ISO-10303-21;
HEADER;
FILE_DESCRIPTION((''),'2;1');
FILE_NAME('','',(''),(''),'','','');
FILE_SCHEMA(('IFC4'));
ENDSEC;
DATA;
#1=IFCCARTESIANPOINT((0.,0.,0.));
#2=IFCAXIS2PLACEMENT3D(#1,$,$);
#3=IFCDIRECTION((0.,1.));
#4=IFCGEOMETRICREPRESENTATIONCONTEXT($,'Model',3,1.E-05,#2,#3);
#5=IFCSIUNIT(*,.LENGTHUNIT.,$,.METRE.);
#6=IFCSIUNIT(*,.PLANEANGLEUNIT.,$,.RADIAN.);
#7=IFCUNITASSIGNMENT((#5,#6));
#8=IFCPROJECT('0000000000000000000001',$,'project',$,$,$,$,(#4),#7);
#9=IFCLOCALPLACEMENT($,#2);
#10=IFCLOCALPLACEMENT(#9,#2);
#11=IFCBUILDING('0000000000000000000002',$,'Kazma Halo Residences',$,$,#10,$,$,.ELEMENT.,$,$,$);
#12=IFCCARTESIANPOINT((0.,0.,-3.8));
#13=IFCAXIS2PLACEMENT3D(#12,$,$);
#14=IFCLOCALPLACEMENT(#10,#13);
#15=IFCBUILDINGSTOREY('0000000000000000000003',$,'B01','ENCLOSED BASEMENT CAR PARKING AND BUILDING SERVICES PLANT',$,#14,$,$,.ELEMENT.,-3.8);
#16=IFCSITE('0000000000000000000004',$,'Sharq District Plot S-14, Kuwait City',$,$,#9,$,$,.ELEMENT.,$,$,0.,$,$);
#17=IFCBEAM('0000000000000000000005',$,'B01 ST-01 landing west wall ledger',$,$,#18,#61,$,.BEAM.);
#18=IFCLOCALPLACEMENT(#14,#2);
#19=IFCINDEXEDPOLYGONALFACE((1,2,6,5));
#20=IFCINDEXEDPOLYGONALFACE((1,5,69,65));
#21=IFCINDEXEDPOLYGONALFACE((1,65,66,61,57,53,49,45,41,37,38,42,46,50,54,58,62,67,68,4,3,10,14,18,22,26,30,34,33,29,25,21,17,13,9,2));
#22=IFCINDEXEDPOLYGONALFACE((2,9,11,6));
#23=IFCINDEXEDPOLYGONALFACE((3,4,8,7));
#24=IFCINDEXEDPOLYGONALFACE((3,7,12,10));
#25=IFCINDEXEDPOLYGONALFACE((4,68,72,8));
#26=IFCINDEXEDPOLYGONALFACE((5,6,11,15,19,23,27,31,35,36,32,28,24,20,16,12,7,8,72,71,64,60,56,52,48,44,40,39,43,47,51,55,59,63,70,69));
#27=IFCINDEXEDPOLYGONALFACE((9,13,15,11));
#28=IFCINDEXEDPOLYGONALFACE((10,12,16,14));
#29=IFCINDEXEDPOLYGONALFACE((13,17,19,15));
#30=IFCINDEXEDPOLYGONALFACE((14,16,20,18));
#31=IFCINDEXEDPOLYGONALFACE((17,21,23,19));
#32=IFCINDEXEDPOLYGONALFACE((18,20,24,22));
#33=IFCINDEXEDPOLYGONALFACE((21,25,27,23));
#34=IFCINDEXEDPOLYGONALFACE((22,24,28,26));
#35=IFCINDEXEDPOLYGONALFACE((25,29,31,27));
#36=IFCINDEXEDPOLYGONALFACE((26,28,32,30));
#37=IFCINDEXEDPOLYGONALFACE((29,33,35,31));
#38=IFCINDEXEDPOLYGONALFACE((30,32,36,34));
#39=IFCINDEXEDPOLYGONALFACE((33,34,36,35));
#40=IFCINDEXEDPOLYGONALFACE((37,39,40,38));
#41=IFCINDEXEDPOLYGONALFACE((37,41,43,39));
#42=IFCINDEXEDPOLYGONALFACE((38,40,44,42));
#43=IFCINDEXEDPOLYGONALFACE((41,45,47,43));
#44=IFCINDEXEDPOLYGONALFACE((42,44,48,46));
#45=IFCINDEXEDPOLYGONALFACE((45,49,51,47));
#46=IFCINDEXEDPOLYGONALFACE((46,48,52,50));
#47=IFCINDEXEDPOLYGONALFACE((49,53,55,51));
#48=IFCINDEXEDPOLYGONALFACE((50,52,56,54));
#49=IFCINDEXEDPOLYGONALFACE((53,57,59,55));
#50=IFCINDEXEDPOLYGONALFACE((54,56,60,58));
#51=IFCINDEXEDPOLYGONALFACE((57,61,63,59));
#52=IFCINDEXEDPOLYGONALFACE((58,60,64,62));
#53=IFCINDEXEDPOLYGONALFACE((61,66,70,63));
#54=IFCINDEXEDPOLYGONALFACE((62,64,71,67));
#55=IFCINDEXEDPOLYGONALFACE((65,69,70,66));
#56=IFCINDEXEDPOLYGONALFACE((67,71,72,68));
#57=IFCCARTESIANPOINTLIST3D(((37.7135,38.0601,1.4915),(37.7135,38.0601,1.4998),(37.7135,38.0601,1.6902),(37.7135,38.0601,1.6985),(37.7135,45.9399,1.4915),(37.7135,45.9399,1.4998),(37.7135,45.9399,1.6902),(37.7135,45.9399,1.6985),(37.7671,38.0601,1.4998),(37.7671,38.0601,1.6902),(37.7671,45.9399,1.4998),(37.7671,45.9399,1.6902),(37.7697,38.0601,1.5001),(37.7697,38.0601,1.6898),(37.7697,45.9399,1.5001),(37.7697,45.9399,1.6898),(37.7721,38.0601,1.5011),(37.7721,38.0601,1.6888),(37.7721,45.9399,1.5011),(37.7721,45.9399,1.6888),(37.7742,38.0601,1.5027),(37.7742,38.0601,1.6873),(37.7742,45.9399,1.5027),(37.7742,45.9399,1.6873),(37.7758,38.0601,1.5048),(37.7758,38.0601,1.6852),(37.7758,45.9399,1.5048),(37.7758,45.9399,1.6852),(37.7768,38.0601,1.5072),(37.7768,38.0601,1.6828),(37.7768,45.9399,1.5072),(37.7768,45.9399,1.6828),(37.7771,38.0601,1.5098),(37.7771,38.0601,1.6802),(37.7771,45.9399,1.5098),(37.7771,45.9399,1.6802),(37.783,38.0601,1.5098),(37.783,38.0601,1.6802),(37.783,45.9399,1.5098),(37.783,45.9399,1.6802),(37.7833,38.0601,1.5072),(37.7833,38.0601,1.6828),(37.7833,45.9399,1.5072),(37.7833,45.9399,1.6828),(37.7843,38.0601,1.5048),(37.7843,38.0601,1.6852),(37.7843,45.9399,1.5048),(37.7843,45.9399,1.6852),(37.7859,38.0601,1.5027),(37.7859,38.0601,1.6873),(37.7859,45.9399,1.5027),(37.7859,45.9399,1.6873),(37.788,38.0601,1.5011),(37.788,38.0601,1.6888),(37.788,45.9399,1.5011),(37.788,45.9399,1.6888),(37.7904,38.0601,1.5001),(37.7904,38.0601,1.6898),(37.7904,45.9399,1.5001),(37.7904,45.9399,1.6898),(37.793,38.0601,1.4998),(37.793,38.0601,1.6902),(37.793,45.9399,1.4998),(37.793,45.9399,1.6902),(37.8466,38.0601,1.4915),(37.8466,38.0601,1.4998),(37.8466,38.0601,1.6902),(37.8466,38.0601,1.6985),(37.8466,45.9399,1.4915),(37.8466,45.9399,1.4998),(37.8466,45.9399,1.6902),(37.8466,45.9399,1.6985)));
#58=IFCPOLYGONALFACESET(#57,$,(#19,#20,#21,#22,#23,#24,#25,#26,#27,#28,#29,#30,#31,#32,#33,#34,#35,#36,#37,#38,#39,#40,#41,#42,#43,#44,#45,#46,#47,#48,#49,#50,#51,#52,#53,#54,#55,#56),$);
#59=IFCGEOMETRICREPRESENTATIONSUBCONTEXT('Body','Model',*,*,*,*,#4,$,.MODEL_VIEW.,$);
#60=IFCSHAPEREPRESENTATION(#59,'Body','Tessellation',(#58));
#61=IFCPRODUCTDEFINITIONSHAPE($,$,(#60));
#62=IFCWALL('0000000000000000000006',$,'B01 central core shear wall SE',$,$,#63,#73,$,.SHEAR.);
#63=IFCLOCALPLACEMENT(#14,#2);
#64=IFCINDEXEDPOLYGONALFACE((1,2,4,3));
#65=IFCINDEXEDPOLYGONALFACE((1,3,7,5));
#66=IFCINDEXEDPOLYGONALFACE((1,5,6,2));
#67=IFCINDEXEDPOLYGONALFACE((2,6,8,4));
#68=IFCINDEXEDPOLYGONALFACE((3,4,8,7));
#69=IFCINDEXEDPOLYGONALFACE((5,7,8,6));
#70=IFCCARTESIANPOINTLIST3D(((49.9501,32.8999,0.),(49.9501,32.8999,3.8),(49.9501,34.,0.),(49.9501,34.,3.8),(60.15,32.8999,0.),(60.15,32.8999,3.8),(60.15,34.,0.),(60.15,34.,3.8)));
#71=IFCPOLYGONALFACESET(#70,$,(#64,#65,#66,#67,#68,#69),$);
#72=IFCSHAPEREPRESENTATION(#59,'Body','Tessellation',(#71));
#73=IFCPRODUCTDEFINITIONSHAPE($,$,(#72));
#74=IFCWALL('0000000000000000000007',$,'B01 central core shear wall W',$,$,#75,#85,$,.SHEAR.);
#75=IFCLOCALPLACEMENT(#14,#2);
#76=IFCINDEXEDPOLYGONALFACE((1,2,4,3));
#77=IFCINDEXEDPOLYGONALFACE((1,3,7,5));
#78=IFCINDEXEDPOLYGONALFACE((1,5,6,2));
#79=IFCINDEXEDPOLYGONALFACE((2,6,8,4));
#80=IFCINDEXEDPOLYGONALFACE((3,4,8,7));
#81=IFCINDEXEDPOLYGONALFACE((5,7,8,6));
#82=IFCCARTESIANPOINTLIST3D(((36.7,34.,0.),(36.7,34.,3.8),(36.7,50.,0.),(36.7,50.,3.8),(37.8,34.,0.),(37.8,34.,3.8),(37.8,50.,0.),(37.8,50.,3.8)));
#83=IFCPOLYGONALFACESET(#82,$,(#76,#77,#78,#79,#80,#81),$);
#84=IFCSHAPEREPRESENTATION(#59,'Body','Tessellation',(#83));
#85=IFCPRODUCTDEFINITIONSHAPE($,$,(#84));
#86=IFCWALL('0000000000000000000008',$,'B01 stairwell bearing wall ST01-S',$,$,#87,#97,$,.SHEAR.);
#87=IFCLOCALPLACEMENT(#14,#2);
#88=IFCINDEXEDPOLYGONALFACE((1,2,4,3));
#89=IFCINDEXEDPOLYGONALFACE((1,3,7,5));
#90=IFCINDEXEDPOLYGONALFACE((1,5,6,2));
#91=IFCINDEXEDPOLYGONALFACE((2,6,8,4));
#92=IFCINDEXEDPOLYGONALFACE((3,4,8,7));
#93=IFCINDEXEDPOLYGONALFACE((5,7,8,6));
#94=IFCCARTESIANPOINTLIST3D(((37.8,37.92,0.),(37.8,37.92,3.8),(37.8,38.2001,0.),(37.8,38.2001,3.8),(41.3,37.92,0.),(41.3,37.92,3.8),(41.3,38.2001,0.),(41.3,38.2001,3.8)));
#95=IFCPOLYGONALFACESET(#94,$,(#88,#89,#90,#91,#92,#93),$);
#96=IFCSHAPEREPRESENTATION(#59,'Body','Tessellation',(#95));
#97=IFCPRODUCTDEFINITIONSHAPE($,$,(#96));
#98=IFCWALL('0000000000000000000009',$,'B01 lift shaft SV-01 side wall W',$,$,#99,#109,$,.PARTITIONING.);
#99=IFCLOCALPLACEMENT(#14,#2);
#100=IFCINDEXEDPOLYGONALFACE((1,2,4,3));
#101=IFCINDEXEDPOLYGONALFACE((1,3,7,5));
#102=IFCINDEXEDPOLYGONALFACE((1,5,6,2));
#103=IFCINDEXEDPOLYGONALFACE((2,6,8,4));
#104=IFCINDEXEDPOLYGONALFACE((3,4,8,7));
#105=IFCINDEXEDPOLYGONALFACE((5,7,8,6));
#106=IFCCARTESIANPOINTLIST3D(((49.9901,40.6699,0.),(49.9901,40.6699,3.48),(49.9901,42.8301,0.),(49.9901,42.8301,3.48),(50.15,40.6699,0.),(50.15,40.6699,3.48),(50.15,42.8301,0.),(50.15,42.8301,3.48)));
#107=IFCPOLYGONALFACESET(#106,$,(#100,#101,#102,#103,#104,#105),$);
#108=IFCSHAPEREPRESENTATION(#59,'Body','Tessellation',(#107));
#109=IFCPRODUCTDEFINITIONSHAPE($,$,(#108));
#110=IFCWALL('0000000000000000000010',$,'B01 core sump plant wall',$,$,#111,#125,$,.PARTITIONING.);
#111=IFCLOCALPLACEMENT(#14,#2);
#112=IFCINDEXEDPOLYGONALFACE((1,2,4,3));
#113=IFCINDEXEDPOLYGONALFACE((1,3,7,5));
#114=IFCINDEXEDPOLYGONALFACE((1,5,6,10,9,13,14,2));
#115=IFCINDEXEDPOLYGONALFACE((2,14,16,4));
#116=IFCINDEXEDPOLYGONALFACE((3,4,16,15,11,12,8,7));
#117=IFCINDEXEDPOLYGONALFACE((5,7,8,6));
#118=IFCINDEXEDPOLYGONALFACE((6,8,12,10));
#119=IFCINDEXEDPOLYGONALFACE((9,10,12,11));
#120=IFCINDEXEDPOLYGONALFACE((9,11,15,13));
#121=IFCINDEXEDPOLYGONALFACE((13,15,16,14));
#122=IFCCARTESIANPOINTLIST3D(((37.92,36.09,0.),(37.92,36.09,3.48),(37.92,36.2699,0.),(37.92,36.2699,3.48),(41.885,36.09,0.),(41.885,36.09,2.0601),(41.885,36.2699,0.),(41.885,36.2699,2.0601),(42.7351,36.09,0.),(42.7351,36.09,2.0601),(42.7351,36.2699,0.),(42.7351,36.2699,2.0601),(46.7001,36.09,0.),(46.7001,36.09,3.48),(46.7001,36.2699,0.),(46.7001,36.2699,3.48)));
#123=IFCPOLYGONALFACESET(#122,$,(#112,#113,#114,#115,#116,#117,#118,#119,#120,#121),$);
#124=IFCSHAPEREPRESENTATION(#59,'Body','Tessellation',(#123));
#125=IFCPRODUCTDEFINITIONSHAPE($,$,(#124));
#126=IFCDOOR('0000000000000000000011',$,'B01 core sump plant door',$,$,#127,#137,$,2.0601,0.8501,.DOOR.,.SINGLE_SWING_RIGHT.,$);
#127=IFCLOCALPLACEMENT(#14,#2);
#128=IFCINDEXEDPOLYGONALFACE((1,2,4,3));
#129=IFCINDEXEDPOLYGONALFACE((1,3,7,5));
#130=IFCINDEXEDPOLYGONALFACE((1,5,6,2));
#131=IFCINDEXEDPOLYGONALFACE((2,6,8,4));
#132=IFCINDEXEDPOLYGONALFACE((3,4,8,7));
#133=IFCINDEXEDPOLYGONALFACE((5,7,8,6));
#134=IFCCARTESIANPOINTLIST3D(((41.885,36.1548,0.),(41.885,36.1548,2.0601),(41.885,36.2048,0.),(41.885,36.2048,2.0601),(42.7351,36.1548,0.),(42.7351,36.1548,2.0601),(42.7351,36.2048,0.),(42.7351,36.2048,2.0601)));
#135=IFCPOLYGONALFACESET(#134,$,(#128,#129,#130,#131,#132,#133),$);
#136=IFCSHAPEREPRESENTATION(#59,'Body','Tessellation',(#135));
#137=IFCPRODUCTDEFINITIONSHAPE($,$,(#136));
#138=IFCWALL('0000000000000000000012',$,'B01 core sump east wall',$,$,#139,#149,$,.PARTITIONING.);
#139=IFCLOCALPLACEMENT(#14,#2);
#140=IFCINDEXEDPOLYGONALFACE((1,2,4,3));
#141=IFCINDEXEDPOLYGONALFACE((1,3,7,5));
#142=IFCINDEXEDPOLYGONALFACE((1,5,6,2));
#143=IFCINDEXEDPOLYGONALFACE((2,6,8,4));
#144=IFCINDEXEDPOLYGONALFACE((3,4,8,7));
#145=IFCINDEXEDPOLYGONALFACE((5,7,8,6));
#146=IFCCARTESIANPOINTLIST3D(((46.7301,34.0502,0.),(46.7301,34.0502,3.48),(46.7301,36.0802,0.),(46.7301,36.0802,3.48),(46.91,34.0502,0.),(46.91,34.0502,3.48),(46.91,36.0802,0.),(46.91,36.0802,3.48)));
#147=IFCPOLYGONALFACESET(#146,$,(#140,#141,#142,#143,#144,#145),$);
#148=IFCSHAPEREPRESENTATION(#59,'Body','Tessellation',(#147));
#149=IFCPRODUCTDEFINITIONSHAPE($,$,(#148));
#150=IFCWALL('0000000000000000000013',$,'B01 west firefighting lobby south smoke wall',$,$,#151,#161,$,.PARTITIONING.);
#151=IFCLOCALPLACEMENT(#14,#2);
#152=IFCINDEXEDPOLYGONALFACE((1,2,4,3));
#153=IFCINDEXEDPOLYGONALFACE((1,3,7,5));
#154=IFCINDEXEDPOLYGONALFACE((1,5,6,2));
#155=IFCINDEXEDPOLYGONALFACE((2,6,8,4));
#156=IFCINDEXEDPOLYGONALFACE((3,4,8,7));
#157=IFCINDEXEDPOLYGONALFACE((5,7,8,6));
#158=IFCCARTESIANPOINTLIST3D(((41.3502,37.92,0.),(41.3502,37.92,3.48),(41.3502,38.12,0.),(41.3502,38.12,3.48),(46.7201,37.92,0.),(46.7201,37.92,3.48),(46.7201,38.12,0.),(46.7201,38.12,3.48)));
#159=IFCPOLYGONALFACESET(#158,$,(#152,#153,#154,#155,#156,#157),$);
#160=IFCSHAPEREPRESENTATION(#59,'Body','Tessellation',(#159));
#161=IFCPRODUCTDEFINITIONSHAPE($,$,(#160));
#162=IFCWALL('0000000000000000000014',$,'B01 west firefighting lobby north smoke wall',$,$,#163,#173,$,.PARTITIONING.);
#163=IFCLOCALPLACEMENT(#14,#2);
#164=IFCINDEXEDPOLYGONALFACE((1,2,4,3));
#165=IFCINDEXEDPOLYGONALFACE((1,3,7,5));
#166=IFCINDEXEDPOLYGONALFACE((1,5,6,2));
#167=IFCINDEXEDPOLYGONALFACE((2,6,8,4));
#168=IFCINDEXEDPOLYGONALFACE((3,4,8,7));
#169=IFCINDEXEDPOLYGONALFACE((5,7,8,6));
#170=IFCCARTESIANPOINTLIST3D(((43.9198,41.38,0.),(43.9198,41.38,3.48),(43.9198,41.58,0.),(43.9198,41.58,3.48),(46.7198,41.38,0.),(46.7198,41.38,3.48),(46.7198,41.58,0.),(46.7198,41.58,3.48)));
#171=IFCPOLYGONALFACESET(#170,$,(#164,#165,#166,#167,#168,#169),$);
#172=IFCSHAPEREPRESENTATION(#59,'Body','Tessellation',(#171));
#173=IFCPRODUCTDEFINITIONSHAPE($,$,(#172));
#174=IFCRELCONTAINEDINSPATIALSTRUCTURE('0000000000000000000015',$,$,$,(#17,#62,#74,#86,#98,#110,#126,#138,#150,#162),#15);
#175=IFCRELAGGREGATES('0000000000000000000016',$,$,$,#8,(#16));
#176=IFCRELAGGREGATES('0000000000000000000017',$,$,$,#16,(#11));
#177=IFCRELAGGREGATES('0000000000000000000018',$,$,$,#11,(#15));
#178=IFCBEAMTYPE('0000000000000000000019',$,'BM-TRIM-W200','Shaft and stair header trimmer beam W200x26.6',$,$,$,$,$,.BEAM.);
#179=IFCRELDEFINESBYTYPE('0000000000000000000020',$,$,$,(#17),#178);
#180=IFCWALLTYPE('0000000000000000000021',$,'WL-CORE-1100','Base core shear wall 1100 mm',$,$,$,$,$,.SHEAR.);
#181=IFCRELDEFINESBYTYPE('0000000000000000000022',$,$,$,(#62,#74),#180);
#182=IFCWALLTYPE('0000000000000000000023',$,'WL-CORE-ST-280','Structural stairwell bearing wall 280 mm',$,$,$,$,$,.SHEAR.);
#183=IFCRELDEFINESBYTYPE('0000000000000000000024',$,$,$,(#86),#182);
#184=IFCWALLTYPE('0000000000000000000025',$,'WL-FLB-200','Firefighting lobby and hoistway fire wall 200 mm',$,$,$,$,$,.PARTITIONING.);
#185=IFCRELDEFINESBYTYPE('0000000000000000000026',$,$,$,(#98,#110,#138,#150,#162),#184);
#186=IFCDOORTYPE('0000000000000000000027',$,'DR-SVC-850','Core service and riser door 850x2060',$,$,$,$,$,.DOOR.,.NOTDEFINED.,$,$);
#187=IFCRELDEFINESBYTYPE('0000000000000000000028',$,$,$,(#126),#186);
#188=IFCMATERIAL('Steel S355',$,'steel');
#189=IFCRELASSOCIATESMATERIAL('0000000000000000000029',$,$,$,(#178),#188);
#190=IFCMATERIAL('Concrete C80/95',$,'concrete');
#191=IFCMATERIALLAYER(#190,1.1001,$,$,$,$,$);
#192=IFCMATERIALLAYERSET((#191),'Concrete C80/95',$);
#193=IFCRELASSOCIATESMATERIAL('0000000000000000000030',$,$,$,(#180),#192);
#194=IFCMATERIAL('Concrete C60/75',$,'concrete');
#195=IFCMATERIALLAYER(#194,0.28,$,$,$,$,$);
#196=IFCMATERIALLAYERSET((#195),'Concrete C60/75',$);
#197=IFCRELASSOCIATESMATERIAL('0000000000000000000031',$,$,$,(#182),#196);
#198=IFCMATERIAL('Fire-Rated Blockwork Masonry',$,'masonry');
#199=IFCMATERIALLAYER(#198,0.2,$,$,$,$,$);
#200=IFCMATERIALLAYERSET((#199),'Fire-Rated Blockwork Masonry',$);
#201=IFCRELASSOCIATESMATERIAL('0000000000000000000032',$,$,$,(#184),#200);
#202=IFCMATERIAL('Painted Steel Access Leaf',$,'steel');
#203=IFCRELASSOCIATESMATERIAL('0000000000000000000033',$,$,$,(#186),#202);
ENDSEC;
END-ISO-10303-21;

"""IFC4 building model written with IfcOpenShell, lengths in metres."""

from ifc_helpers import new_model, si_unit, direction, frame, frame_2d, origin, origin_2d, place, context, subcontext, project, spatial, rectangle, i_section, extrude, material, layer, layer_set, material_profile, profile_set, type_object, element, fill, save


model = new_model("IFC4")

# Units and contexts
model_context = context("Model", 3, precision=1e-05, world=origin(), true_north=direction((0.0, 1.0)))
body_context = subcontext(model_context, "Body", "Model", "MODEL_VIEW")
ifc_project = project(units=[si_unit("LENGTHUNIT", "METRE"), si_unit("PLANEANGLEUNIT", "RADIAN")], contexts=[model_context])

# Site, building, storey
site_placement = place(None, origin())
site = spatial("IfcSite", under=ifc_project, at=site_placement, Name="Sharq District Plot S-14, Kuwait City", CompositionType="ELEMENT", RefElevation=0.0)
building_placement = place(site_placement, origin())
building = spatial("IfcBuilding", under=site, at=building_placement, Name="Kazma Halo Residences", CompositionType="ELEMENT")
storey_placement = place(building_placement, frame((0.0, 0.0, -3.8)))
storey = spatial("IfcBuildingStorey", under=building, at=storey_placement, Name="B01", Description="ENCLOSED BASEMENT CAR PARKING AND BUILDING SERVICES PLANT", CompositionType="ELEMENT", Elevation=-3.8)

# Shared definitions
ifc_material_1 = material(Name="Concrete C60/75", Category="concrete")
ifc_material_2 = material(Name="Concrete C80/95", Category="concrete")

# Beam
ifc_material_3 = material(Name="Steel S355", Category="steel")
ifc_material_profile_1 = material_profile(ifc_material_3, i_section(OverallWidth=0.1331, OverallDepth=0.207, WebThickness=0.0059, FlangeThickness=0.0083, FilletRadius=0.01, at=origin_2d()), Name="W200x26.6")
ifc_profile_set_1 = profile_set([ifc_material_profile_1], Name="Steel S355")
beam_type_1 = type_object("IfcBeamType", Name="BM-TRIM-W200", Description="Shaft and stair header trimmer beam W200x26.6", PredefinedType="BEAM", material=ifc_profile_set_1)
beam_1_placement = place(storey_placement, frame((37.78, 38.0601, 1.595), z_axis=(0.0, 1.0, 0.0), x_axis=(-1.0, 0.0, 0.0)))
element("IfcBeam", 1, at=beam_1_placement, inside=storey, type_object=beam_type_1, Name="B01 ST-01 landing west wall ledger", PredefinedType="BEAM", context=body_context, shape_type="SweptSolid", body=[
    extrude(i_section(OverallWidth=0.1331, OverallDepth=0.207, WebThickness=0.0059, FlangeThickness=0.0083, FilletRadius=0.01, at=origin_2d()), origin(), (0.0, 0.0, 1.0), 7.8799),
])

# Walls
ifc_layer_1 = layer(ifc_material_2, 1.1001)
ifc_layer_set_1 = layer_set([ifc_layer_1], Name="Concrete C80/95")
wall_type_1 = type_object("IfcWallType", Name="WL-CORE-1100", Description="Base core shear wall 1100 mm", PredefinedType="SHEAR", material=ifc_layer_set_1)
wall_1_placement = place(storey_placement, frame((49.95, 33.45, 0.0), z_axis=(0.0, 0.0, 1.0), x_axis=(1.0, 0.0, 0.0)))
element("IfcWall", 2, at=wall_1_placement, inside=storey, type_object=wall_type_1, Name="B01 central core shear wall SE", PredefinedType="SHEAR", context=body_context, shape_type="SweptSolid", body=[
    extrude(rectangle(XDim=10.2, YDim=1.1001, at=frame_2d((5.1001, 0.0))), origin(), (0.0, 0.0, 1.0), 3.8),
])
wall_2_placement = place(storey_placement, frame((37.25, 34.0, 0.0), z_axis=(0.0, 0.0, 1.0), x_axis=(0.0, 1.0, 0.0)))
element("IfcWall", 3, at=wall_2_placement, inside=storey, type_object=wall_type_1, Name="B01 central core shear wall W", PredefinedType="SHEAR", context=body_context, shape_type="SweptSolid", body=[
    extrude(rectangle(XDim=16.0, YDim=1.1001, at=frame_2d((8.0, 0.0))), origin(), (0.0, 0.0, 1.0), 3.8),
])
ifc_layer_2 = layer(ifc_material_1, 0.28)
ifc_layer_set_2 = layer_set([ifc_layer_2], Name="Concrete C60/75")
wall_type_2 = type_object("IfcWallType", Name="WL-CORE-ST-280", Description="Structural stairwell bearing wall 280 mm", PredefinedType="SHEAR", material=ifc_layer_set_2)
wall_3_placement = place(storey_placement, frame((37.8, 38.0601, 0.0), z_axis=(0.0, 0.0, 1.0), x_axis=(1.0, 0.0, 0.0)))
element("IfcWall", 4, at=wall_3_placement, inside=storey, type_object=wall_type_2, Name="B01 stairwell bearing wall ST01-S", PredefinedType="SHEAR", context=body_context, shape_type="SweptSolid", body=[
    extrude(rectangle(XDim=3.5, YDim=0.28, at=frame_2d((1.75, 0.0))), origin(), (0.0, 0.0, 1.0), 3.8),
])
ifc_material_4 = material(Name="Fire-Rated Blockwork Masonry", Category="masonry")
ifc_layer_3 = layer(ifc_material_4, 0.2)
ifc_layer_set_3 = layer_set([ifc_layer_3], Name="Fire-Rated Blockwork Masonry")
wall_type_3 = type_object("IfcWallType", Name="WL-FLB-200", Description="Firefighting lobby and hoistway fire wall 200 mm", PredefinedType="PARTITIONING", material=ifc_layer_set_3)
wall_4_placement = place(storey_placement, frame((50.0701, 40.6699, 0.0), z_axis=(0.0, 0.0, 1.0), x_axis=(0.0, 1.0, 0.0)))
element("IfcWall", 5, at=wall_4_placement, inside=storey, type_object=wall_type_3, Name="B01 lift shaft SV-01 side wall W", PredefinedType="PARTITIONING", context=body_context, shape_type="SweptSolid", body=[
    extrude(rectangle(XDim=2.1602, YDim=0.1599, at=frame_2d((1.0801, 0.0))), origin(), (0.0, 0.0, 1.0), 3.48),
])

# Wall, opening, door
wall_5_placement = place(storey_placement, frame((37.9199, 36.1799, 0.0), z_axis=(0.0, 0.0, 1.0), x_axis=(1.0, 0.0, 0.0)))
wall_5 = element("IfcWall", 6, at=wall_5_placement, inside=storey, type_object=wall_type_3, Name="B01 core sump plant wall", PredefinedType="PARTITIONING", context=body_context, shape_type="SweptSolid", body=[
    extrude(rectangle(XDim=8.78, YDim=0.1799, at=frame_2d((4.3901, 0.0))), origin(), (0.0, 0.0, 1.0), 3.48),
])
opening_1_placement = place(wall_5_placement, frame((3.9651, 0.0, 0.0)))
opening_1 = element("IfcOpeningElement", 7, at=opening_1_placement, cuts=wall_5, PredefinedType="OPENING", context=body_context, shape_type="SweptSolid", body=[
    extrude(rectangle(XDim=0.8501, YDim=2.0601, at=frame_2d((0.425, 1.03))), frame((0.0, 0.0999, 0.0), z_axis=(0.0, -1.0, 0.0), x_axis=(1.0, 0.0, 0.0)), (0.0, 0.0, 1.0), 0.2),
])
ifc_material_5 = material(Name="Painted Steel Access Leaf", Category="steel")
door_type_1 = type_object("IfcDoorType", Name="DR-SVC-850", Description="Core service and riser door 850x2060", OperationType="NOTDEFINED", PredefinedType="DOOR", material=ifc_material_5)
door_1_placement = place(opening_1_placement, origin())
door_1 = element("IfcDoor", 8, at=door_1_placement, inside=storey, type_object=door_type_1, Name="B01 core sump plant door", OperationType="SINGLE_SWING_RIGHT", OverallHeight=2.0601, OverallWidth=0.8501, PredefinedType="DOOR", context=body_context, shape_type="SweptSolid", body=[
    extrude(rectangle(XDim=0.8501, YDim=2.0601, at=frame_2d((0.425, 1.03))), frame((0.0, 0.0249, 0.0), z_axis=(0.0, -1.0, 0.0), x_axis=(1.0, 0.0, 0.0)), (0.0, 0.0, 1.0), 0.05),
])
fill(opening_1, door_1)

# Walls
wall_6_placement = place(storey_placement, frame((46.8201, 34.05, 0.0), z_axis=(0.0, 0.0, 1.0), x_axis=(0.0, 1.0, 0.0)))
element("IfcWall", 9, at=wall_6_placement, inside=storey, type_object=wall_type_3, Name="B01 core sump east wall", PredefinedType="PARTITIONING", context=body_context, shape_type="SweptSolid", body=[
    extrude(rectangle(XDim=2.03, YDim=0.1799, at=frame_2d((1.0151, 0.0))), origin(), (0.0, 0.0, 1.0), 3.48),
])
wall_7_placement = place(storey_placement, frame((41.3501, 38.02, 0.0), z_axis=(0.0, 0.0, 1.0), x_axis=(1.0, 0.0, 0.0)))
element("IfcWall", 10, at=wall_7_placement, inside=storey, type_object=wall_type_3, Name="B01 west firefighting lobby south smoke wall", PredefinedType="PARTITIONING", context=body_context, shape_type="SweptSolid", body=[
    extrude(rectangle(XDim=5.3699, YDim=0.2, at=frame_2d((2.6851, 0.0))), origin(), (0.0, 0.0, 1.0), 3.48),
])
wall_8_placement = place(storey_placement, frame((43.9199, 41.48, 0.0), z_axis=(0.0, 0.0, 1.0), x_axis=(1.0, 0.0, 0.0)))
element("IfcWall", 11, at=wall_8_placement, inside=storey, type_object=wall_type_3, Name="B01 west firefighting lobby north smoke wall", PredefinedType="PARTITIONING", context=body_context, shape_type="SweptSolid", body=[
    extrude(rectangle(XDim=2.8, YDim=0.2, at=frame_2d((1.3999, 0.0))), origin(), (0.0, 0.0, 1.0), 3.48),
])

save(model, "model.ifc")
